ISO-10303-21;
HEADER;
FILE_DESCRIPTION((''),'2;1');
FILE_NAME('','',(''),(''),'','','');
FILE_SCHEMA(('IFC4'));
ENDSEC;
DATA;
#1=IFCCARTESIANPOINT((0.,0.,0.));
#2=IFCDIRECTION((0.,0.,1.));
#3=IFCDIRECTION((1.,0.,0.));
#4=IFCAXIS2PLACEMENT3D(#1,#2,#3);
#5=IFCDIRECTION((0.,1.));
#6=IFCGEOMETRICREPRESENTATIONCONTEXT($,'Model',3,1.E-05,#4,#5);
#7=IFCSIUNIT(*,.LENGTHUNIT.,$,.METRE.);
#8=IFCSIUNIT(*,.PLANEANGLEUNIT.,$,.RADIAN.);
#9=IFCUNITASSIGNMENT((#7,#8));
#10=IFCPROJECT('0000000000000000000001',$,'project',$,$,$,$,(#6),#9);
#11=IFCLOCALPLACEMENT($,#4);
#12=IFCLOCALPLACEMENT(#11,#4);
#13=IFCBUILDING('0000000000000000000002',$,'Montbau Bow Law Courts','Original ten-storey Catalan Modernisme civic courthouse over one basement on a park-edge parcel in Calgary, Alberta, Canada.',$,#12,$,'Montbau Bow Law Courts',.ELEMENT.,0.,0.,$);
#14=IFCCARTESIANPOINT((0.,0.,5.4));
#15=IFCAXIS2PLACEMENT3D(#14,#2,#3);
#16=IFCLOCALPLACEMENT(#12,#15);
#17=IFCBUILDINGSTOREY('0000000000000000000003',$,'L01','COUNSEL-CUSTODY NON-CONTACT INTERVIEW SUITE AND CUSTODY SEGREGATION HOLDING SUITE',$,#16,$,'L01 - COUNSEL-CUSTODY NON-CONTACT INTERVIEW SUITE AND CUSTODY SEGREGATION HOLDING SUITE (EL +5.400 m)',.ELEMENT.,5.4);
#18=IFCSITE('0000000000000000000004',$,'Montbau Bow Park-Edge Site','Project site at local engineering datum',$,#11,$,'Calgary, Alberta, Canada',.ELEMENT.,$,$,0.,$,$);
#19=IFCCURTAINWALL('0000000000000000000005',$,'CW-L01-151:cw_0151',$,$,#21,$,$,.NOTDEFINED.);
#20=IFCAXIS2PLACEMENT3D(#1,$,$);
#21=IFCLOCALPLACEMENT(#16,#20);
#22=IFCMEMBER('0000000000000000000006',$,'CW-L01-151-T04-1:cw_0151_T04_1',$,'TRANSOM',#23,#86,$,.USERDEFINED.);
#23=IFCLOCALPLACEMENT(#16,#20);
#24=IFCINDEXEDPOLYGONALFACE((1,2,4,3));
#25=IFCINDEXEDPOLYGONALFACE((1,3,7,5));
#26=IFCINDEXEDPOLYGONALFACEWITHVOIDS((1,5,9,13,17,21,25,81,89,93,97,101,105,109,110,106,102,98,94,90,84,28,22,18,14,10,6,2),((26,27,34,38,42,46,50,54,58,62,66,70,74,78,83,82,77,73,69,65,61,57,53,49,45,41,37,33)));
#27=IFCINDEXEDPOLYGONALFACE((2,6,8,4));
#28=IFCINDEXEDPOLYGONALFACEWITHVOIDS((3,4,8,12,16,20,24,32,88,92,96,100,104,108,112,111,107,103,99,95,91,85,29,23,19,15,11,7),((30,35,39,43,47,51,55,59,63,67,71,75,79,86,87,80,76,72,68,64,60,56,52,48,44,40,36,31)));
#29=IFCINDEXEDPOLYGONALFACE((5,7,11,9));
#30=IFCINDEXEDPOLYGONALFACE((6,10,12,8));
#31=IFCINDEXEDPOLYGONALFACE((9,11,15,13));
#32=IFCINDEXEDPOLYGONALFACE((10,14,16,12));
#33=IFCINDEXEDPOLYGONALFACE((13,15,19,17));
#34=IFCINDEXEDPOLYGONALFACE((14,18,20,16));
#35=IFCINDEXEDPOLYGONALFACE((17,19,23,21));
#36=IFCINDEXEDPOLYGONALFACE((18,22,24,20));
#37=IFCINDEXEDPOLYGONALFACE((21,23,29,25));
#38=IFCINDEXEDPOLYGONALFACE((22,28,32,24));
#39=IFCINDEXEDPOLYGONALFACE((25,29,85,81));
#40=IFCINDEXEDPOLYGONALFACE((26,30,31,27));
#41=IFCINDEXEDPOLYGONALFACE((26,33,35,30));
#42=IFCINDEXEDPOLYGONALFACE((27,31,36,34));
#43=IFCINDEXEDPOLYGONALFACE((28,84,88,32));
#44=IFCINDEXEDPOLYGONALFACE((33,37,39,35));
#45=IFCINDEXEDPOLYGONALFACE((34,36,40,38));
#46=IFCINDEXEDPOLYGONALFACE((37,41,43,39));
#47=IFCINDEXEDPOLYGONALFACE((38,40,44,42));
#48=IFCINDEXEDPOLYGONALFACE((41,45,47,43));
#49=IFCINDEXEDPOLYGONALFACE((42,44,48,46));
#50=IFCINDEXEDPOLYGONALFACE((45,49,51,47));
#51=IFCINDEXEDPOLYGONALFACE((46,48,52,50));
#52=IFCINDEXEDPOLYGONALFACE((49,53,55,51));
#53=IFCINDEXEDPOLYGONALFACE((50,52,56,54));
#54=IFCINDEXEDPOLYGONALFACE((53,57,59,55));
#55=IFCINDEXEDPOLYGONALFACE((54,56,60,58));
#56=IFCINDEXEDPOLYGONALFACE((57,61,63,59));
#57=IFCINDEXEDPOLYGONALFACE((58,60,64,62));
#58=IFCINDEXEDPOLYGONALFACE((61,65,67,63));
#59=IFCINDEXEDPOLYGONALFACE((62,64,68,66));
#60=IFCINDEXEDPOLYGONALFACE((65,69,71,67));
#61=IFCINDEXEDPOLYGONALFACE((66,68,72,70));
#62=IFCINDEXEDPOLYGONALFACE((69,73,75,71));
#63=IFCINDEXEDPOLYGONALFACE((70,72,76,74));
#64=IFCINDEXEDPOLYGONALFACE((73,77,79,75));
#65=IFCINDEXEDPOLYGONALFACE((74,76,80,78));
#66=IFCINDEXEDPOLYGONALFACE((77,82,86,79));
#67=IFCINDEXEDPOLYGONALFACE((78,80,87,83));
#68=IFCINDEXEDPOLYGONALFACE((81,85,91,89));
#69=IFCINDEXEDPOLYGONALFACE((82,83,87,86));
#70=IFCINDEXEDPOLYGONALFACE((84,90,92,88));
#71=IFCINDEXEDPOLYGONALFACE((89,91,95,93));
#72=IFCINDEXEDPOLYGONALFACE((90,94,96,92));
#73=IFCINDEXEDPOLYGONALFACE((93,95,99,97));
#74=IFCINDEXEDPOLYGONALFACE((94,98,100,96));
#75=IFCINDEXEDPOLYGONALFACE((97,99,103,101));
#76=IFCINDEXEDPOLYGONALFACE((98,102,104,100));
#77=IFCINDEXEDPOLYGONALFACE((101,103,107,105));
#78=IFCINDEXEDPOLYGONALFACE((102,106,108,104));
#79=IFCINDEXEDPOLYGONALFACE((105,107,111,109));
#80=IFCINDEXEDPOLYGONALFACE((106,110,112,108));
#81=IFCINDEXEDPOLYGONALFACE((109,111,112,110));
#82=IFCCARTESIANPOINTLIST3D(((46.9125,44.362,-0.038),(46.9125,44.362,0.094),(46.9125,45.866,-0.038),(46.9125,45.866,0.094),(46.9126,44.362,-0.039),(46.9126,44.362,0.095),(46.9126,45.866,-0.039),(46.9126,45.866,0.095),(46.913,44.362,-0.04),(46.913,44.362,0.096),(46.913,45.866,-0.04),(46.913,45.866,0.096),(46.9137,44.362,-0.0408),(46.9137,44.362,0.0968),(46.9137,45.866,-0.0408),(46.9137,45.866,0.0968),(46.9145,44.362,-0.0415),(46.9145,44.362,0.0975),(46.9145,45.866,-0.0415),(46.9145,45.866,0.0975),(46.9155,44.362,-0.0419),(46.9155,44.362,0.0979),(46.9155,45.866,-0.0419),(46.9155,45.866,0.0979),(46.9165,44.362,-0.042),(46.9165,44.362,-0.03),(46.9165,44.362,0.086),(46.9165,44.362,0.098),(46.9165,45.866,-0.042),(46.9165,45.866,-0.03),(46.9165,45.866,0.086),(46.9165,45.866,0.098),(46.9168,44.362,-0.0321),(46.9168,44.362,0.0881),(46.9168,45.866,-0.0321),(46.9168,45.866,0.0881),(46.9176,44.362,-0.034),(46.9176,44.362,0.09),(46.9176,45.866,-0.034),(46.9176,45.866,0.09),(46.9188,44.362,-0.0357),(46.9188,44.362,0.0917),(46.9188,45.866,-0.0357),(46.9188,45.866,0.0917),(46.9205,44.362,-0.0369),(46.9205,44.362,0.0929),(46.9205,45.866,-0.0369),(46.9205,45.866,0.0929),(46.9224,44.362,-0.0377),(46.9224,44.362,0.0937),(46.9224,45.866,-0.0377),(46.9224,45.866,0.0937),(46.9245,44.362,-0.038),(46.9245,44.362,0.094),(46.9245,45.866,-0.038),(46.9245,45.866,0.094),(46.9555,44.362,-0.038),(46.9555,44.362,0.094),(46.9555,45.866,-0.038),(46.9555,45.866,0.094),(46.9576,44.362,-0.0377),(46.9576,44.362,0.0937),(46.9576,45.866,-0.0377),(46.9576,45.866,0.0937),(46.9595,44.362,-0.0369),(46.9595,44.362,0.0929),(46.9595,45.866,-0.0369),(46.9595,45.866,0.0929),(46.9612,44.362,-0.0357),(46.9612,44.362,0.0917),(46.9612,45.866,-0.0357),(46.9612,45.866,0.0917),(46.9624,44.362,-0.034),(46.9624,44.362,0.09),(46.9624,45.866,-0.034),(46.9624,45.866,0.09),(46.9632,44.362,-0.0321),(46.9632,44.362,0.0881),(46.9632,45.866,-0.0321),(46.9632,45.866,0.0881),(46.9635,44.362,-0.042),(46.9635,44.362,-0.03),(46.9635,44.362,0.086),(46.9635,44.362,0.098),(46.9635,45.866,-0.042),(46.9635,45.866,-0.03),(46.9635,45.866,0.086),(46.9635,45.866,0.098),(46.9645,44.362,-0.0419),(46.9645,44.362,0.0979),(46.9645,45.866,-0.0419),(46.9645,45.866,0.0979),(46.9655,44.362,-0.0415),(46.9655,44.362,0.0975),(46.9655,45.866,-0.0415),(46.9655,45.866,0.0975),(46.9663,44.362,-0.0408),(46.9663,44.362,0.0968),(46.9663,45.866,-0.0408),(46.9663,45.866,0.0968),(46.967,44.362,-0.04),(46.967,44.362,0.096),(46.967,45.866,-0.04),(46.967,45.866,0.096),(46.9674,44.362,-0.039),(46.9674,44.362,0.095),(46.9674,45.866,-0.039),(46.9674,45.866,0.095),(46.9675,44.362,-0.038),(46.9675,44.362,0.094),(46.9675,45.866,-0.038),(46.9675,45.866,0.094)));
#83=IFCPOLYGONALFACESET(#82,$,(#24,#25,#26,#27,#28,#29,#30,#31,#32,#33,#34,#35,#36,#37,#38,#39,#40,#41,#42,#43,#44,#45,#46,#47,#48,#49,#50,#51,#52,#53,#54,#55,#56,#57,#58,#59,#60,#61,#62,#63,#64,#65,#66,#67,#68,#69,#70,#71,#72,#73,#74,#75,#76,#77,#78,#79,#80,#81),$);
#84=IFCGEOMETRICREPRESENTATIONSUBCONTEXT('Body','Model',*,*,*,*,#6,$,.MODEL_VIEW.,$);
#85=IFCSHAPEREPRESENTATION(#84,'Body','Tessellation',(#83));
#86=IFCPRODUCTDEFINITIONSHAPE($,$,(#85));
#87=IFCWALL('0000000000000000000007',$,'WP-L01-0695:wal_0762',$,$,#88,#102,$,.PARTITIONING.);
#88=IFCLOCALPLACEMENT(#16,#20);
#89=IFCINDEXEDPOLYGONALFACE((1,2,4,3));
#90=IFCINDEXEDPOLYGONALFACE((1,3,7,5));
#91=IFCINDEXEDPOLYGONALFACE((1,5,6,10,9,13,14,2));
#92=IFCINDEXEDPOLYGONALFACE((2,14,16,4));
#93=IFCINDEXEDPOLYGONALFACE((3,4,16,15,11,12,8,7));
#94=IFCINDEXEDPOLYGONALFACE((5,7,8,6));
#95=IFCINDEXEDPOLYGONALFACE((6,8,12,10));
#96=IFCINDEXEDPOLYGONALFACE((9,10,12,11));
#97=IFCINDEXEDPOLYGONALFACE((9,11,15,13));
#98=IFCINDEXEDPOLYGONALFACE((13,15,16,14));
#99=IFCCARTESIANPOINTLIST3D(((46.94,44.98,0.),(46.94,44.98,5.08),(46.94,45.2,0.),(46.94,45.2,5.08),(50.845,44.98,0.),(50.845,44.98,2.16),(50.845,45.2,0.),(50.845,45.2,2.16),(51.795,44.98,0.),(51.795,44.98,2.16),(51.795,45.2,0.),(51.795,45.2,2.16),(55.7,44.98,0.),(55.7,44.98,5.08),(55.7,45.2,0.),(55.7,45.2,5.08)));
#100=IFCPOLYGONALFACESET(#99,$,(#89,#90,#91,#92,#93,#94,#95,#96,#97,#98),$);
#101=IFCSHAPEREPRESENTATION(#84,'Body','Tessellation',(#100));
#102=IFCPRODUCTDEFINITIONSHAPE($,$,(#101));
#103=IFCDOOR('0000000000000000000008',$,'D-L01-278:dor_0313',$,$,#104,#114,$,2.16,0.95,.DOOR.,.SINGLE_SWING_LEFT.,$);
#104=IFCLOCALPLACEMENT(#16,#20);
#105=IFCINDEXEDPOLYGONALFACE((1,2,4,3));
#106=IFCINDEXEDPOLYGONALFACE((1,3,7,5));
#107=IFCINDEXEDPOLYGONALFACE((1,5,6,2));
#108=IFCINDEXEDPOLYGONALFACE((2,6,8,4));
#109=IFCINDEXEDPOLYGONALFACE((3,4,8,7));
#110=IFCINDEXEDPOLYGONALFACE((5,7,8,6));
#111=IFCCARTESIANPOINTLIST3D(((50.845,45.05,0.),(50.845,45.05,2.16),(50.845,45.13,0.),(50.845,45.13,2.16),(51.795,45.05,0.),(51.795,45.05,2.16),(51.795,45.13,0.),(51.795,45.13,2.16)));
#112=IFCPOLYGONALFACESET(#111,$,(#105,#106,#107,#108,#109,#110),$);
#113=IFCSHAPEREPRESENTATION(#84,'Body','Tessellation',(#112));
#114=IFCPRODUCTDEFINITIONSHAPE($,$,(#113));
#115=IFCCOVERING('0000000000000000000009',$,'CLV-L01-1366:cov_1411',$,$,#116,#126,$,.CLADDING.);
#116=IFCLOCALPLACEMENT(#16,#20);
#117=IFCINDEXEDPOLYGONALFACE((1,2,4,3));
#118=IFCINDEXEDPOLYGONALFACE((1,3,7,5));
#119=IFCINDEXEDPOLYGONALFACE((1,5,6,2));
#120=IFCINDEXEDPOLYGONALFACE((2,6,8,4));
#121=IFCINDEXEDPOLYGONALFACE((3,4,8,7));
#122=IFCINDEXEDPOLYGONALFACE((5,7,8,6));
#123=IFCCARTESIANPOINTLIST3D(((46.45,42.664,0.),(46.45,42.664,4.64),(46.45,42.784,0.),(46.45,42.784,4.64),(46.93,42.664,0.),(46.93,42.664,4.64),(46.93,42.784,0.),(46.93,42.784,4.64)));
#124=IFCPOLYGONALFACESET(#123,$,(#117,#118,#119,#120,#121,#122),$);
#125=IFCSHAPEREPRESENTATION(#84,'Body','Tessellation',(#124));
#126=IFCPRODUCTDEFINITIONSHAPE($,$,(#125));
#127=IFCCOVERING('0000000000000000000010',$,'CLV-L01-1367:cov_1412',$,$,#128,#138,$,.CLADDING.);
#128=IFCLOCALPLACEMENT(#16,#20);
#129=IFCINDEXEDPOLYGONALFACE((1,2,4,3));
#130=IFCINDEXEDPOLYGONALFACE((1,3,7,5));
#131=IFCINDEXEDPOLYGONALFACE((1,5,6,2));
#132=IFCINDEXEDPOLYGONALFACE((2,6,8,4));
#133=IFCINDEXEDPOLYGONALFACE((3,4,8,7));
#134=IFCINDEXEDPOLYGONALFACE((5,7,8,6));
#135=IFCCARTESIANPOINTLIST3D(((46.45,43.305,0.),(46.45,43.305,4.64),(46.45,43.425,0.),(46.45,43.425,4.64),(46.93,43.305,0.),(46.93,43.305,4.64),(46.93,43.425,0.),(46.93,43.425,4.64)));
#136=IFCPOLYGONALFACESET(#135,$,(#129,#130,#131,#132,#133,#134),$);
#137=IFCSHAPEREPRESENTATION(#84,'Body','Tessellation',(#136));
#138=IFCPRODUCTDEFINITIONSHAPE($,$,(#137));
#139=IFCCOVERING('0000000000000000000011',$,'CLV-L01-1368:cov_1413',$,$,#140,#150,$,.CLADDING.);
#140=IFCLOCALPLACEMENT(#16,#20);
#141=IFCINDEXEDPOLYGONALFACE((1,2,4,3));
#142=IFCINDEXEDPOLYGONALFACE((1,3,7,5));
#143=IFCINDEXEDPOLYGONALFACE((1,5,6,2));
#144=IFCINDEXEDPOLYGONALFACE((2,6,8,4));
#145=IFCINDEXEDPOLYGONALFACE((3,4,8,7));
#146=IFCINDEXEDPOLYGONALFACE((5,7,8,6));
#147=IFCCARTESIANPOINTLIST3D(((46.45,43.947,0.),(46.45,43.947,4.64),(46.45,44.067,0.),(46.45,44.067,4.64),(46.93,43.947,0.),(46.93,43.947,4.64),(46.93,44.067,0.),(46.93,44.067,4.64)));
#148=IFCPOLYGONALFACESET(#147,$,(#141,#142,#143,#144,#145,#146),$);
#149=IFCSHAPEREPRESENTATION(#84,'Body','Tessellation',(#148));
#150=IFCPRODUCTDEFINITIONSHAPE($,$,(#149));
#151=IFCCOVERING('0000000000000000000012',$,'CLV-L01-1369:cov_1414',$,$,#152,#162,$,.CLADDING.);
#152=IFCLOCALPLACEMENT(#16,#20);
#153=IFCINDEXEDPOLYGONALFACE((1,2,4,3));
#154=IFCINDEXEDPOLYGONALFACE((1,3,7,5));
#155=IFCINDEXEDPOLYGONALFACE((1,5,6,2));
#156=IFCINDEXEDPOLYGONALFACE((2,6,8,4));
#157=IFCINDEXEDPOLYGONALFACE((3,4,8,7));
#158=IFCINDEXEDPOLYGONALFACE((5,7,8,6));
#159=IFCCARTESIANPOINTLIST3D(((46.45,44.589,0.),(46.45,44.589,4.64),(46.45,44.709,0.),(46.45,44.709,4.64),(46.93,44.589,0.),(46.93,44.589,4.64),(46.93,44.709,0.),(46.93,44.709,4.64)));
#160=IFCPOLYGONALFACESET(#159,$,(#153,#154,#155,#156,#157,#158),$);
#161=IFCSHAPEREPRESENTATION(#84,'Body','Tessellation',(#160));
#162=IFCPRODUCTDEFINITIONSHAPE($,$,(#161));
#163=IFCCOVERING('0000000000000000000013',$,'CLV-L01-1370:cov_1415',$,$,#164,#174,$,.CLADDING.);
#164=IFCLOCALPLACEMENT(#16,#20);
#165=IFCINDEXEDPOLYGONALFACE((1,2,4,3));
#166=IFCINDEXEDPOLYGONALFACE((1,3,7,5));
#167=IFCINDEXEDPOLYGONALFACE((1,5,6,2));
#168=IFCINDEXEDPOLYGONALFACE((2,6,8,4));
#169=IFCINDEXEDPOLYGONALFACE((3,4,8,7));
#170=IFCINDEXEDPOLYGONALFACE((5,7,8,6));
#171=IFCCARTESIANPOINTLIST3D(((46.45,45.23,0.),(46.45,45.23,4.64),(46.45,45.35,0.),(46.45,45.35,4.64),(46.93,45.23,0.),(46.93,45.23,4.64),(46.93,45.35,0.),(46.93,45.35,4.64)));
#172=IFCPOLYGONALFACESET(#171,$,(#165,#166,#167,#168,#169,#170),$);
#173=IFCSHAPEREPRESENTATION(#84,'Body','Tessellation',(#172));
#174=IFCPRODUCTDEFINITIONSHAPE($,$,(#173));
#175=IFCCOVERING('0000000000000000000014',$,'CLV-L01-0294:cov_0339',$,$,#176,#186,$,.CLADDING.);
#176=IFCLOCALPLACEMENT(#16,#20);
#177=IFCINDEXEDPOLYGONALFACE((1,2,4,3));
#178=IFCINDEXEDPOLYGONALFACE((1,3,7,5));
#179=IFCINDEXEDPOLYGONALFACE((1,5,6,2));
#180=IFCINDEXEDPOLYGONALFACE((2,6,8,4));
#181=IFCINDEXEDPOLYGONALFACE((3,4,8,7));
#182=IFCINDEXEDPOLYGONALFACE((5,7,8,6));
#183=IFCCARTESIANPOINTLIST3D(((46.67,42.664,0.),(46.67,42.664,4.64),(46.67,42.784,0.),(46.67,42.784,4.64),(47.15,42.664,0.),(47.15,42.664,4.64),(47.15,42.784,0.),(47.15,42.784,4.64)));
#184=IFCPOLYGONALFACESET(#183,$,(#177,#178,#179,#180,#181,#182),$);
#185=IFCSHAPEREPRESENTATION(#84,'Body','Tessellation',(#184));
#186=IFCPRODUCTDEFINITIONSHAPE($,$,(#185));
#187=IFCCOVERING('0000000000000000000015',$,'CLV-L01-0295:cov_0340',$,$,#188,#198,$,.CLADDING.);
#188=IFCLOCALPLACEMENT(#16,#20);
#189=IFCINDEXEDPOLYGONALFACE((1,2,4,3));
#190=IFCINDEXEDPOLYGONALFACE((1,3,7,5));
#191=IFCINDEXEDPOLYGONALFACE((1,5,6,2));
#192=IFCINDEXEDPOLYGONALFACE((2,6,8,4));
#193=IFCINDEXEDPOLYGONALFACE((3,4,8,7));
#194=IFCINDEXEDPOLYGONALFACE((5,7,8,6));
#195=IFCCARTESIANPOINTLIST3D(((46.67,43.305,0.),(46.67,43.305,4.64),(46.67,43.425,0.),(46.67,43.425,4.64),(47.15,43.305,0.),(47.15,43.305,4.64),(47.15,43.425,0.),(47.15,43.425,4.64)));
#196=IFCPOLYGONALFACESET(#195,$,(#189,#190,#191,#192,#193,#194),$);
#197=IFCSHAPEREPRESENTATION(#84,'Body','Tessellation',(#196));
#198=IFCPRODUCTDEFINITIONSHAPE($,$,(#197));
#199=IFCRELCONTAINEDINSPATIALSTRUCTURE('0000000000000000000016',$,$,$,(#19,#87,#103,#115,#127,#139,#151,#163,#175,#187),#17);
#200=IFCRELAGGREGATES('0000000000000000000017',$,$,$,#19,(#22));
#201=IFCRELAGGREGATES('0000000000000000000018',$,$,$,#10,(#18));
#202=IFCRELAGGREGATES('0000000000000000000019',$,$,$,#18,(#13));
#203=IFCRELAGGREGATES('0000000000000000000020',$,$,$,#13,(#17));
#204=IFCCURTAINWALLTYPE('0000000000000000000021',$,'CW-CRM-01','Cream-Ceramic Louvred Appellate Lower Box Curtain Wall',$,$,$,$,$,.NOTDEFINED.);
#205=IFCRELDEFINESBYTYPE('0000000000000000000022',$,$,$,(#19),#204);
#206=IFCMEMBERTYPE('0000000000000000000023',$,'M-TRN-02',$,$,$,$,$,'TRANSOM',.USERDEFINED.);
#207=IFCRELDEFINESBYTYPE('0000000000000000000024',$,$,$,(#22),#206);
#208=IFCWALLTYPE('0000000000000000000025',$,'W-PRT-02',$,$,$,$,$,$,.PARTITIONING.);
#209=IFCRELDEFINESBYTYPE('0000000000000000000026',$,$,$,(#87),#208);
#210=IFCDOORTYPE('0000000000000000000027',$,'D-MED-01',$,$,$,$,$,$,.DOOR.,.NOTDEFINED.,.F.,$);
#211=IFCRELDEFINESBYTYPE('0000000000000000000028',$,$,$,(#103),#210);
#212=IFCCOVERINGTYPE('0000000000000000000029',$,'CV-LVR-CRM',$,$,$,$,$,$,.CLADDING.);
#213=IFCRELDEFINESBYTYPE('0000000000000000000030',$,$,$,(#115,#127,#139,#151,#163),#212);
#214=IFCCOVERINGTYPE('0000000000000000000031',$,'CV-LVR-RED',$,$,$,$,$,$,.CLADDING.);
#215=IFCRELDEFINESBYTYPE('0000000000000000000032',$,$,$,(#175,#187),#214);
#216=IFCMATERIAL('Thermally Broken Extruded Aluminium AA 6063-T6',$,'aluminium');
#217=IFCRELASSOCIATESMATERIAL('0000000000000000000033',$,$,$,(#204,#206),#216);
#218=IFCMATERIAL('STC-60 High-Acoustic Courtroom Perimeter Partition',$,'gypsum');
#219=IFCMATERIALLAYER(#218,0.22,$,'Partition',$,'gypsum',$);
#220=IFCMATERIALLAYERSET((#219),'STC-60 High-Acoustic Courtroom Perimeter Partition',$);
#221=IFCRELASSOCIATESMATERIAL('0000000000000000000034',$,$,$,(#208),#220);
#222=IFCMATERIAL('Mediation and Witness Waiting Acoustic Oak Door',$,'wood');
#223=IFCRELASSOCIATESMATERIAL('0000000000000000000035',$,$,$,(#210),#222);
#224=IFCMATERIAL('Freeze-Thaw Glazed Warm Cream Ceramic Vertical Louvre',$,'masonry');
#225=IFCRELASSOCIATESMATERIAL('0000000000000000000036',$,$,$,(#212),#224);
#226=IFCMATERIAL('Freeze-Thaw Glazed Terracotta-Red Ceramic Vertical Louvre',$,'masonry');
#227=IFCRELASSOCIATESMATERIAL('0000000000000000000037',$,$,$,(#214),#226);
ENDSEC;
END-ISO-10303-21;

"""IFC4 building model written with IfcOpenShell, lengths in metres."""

from ifc_helpers import new_model, si_unit, direction, frame, frame_2d, origin_with_axes, origin_2d_with_axis, place, context, subcontext, project, spatial, rectangle, hollow_rectangle, extrude, material, layer, layer_set, material_profile, profile_set, type_object, element, fill, aggregate, save


model = new_model("IFC4")

# Units and contexts
model_context = context("Model", 3, precision=1e-05, world=origin_with_axes(), true_north=direction((0.0, 1.0)))
body_context = subcontext(model_context, "Body", "Model", "MODEL_VIEW")
ifc_project = project(units=[si_unit("LENGTHUNIT", "METRE"), si_unit("PLANEANGLEUNIT", "RADIAN")], contexts=[model_context])

# Site, building, storey
site_placement = place(None, origin_with_axes())
site = spatial("IfcSite", under=ifc_project, at=site_placement, Name="Montbau Bow Park-Edge Site", Description="Project site at local engineering datum", LongName="Calgary, Alberta, Canada", CompositionType="ELEMENT", RefElevation=0.0)
building_placement = place(site_placement, origin_with_axes())
building = spatial("IfcBuilding", under=site, at=building_placement, Name="Montbau Bow Law Courts", Description="Original ten-storey Catalan Modernisme civic courthouse over one basement on a park-edge parcel in Calgary, Alberta, Canada.", LongName="Montbau Bow Law Courts", CompositionType="ELEMENT", ElevationOfRefHeight=0.0, ElevationOfTerrain=0.0)
storey_placement = place(building_placement, frame((0.0, 0.0, 5.4), z_axis=(0.0, 0.0, 1.0), x_axis=(1.0, 0.0, 0.0)))
storey = spatial("IfcBuildingStorey", under=building, at=storey_placement, Name="L01", Description="COUNSEL-CUSTODY NON-CONTACT INTERVIEW SUITE AND CUSTODY SEGREGATION HOLDING SUITE", LongName="L01 - COUNSEL-CUSTODY NON-CONTACT INTERVIEW SUITE AND CUSTODY SEGREGATION HOLDING SUITE (EL +5.400 m)", CompositionType="ELEMENT", Elevation=5.4)

# Shared definitions
ifc_material_1 = material(Name="Thermally Broken Extruded Aluminium AA 6063-T6", Category="aluminium")

# Curtain wall
curtain_wall_type_1 = type_object("IfcCurtainWallType", Name="CW-CRM-01", Description="Cream-Ceramic Louvred Appellate Lower Box Curtain Wall", PredefinedType="NOTDEFINED", material=ifc_material_1)
curtain_wall_1_placement = place(None, frame((46.94, 39.515, 5.4), z_axis=(0.0, 0.0, 1.0), x_axis=(1.0, 0.0, 0.0)))
curtain_wall_1 = element("IfcCurtainWall", 1, at=curtain_wall_1_placement, inside=storey, type_object=curtain_wall_type_1, Name="CW-L01-151:cw_0151", PredefinedType="NOTDEFINED")

# Member
ifc_material_profile_1 = material_profile(ifc_material_1, hollow_rectangle(XDim=0.055, YDim=0.14, WallThickness=0.004, InnerFilletRadius=0.008, OuterFilletRadius=0.004, at=origin_2d_with_axis()), Name="CWT-140X55", Category="Main", Priority=0)
ifc_profile_set_1 = profile_set([ifc_material_profile_1], Name="Thermally Broken Extruded Aluminium AA 6063-T6")
member_type_1 = type_object("IfcMemberType", Name="M-TRN-02", ElementType="TRANSOM", PredefinedType="USERDEFINED", material=ifc_profile_set_1)
member_1_placement = place(None, frame((46.94, 44.362, 5.428), z_axis=(0.0, 1.0, 0.0), x_axis=(-1.0, 0.0, 0.0)))
member_1 = element("IfcMember", 2, at=member_1_placement, type_object=member_type_1, Name="CW-L01-151-T04-1:cw_0151_T04_1", ObjectType="TRANSOM", PredefinedType="USERDEFINED", context=body_context, shape_type="SweptSolid", body=[
    extrude(hollow_rectangle(XDim=0.055, YDim=0.14, WallThickness=0.004, InnerFilletRadius=0.008, OuterFilletRadius=0.004, at=origin_2d_with_axis()), origin_with_axes(), (0.0, 0.0, 1.0), 1.504),
])
aggregate(curtain_wall_1, [member_1])

# Wall, opening, door
ifc_material_2 = material(Name="STC-60 High-Acoustic Courtroom Perimeter Partition", Category="gypsum")
ifc_layer = layer(ifc_material_2, 0.22, Name="Partition", Category="gypsum")
ifc_layer_set = layer_set([ifc_layer], Name="STC-60 High-Acoustic Courtroom Perimeter Partition")
wall_type = type_object("IfcWallType", Name="W-PRT-02", PredefinedType="PARTITIONING", material=ifc_layer_set)
wall_placement = place(None, frame((46.94, 45.09, 5.4), z_axis=(0.0, 0.0, 1.0), x_axis=(1.0, 0.0, 0.0)))
wall = element("IfcWall", 3, at=wall_placement, inside=storey, type_object=wall_type, Name="WP-L01-0695:wal_0762", PredefinedType="PARTITIONING", context=body_context, shape_type="SweptSolid", body=[
    extrude(rectangle(XDim=8.76, YDim=0.22, at=frame_2d((4.38, 0.0), x_axis=(1.0, 0.0))), origin_with_axes(), (0.0, 0.0, 1.0), 5.08),
])
opening_placement = place(None, frame((51.32, 45.09, 5.4), z_axis=(0.0, 0.0, 1.0), x_axis=(1.0, 0.0, 0.0)))
opening = element("IfcOpeningElement", 4, at=opening_placement, cuts=wall, PredefinedType="OPENING", context=body_context, shape_type="SweptSolid", body=[
    extrude(rectangle(XDim=0.95, YDim=2.16, at=frame_2d((0.0, 1.08), x_axis=(1.0, 0.0))), frame((0.0, 0.12, 0.0), z_axis=(0.0, -1.0, 0.0), x_axis=(1.0, 0.0, 0.0)), (0.0, 0.0, 1.0), 0.24),
])
ifc_material_3 = material(Name="Mediation and Witness Waiting Acoustic Oak Door", Category="wood")
door_type = type_object("IfcDoorType", Name="D-MED-01", OperationType="NOTDEFINED", ParameterTakesPrecedence=False, PredefinedType="DOOR", material=ifc_material_3)
door_placement = place(None, frame((51.32, 45.09, 5.4), z_axis=(0.0, 0.0, 1.0), x_axis=(-1.0, 0.0, 0.0)))
door = element("IfcDoor", 5, at=door_placement, inside=storey, type_object=door_type, Name="D-L01-278:dor_0313", OperationType="SINGLE_SWING_LEFT", OverallHeight=2.16, OverallWidth=0.95, PredefinedType="DOOR", context=body_context, shape_type="SweptSolid", body=[
    extrude(rectangle(XDim=0.95, YDim=2.16, at=frame_2d((0.0, 1.08), x_axis=(1.0, 0.0))), frame((0.0, 0.04, 0.0), z_axis=(0.0, -1.0, 0.0), x_axis=(1.0, 0.0, 0.0)), (0.0, 0.0, 1.0), 0.08),
])
fill(opening, door)

# Coverings
ifc_material_4 = material(Name="Freeze-Thaw Glazed Warm Cream Ceramic Vertical Louvre", Category="masonry")
covering_type_1 = type_object("IfcCoveringType", Name="CV-LVR-CRM", PredefinedType="CLADDING", material=ifc_material_4)
for number, where, z_axis, x_axis, name in (
    (6, (46.93, 42.724, 5.4), (0.0, 1.0, 0.0), (-1.0, 0.0, 0.0), "CLV-L01-1366:cov_1411"),
    (7, (46.93, 43.365, 5.4), (0.0, 1.0, 0.0), (-1.0, 0.0, 0.0), "CLV-L01-1367:cov_1412"),
    (8, (46.93, 44.007, 5.4), (0.0, 1.0, 0.0), (-1.0, 0.0, 0.0), "CLV-L01-1368:cov_1413"),
    (9, (46.93, 44.649, 5.4), (0.0, 1.0, 0.0), (-1.0, 0.0, 0.0), "CLV-L01-1369:cov_1414"),
    (10, (46.93, 45.29, 5.4), (0.0, 1.0, 0.0), (-1.0, 0.0, 0.0), "CLV-L01-1370:cov_1415"),
):
    element("IfcCovering", number, at=place(None, frame(where, z_axis=z_axis, x_axis=x_axis)), inside=storey, type_object=covering_type_1, Name=name, PredefinedType="CLADDING", context=body_context, shape_type="SweptSolid", body=[
        extrude(rectangle(XDim=0.48, YDim=4.64, at=frame_2d((0.24, 2.32), x_axis=(1.0, 0.0))), frame((0.0, 0.0, -0.06), z_axis=(0.0, 0.0, 1.0), x_axis=(1.0, 0.0, 0.0)), (0.0, 0.0, 1.0), 0.12),
    ])
ifc_material_5 = material(Name="Freeze-Thaw Glazed Terracotta-Red Ceramic Vertical Louvre", Category="masonry")
covering_type_2 = type_object("IfcCoveringType", Name="CV-LVR-RED", PredefinedType="CLADDING", material=ifc_material_5)
for number, where, z_axis, x_axis, name in (
    (11, (46.67, 42.724, 5.4), (0.0, -1.0, 0.0), (1.0, 0.0, 0.0), "CLV-L01-0294:cov_0339"),
    (12, (46.67, 43.365, 5.4), (0.0, -1.0, 0.0), (1.0, 0.0, 0.0), "CLV-L01-0295:cov_0340"),
):
    element("IfcCovering", number, at=place(None, frame(where, z_axis=z_axis, x_axis=x_axis)), inside=storey, type_object=covering_type_2, Name=name, PredefinedType="CLADDING", context=body_context, shape_type="SweptSolid", body=[
        extrude(rectangle(XDim=0.48, YDim=4.64, at=frame_2d((0.24, 2.32), x_axis=(1.0, 0.0))), frame((0.0, 0.0, -0.06), z_axis=(0.0, 0.0, 1.0), x_axis=(1.0, 0.0, 0.0)), (0.0, 0.0, 1.0), 0.12),
    ])

save(model, "model.ifc")
